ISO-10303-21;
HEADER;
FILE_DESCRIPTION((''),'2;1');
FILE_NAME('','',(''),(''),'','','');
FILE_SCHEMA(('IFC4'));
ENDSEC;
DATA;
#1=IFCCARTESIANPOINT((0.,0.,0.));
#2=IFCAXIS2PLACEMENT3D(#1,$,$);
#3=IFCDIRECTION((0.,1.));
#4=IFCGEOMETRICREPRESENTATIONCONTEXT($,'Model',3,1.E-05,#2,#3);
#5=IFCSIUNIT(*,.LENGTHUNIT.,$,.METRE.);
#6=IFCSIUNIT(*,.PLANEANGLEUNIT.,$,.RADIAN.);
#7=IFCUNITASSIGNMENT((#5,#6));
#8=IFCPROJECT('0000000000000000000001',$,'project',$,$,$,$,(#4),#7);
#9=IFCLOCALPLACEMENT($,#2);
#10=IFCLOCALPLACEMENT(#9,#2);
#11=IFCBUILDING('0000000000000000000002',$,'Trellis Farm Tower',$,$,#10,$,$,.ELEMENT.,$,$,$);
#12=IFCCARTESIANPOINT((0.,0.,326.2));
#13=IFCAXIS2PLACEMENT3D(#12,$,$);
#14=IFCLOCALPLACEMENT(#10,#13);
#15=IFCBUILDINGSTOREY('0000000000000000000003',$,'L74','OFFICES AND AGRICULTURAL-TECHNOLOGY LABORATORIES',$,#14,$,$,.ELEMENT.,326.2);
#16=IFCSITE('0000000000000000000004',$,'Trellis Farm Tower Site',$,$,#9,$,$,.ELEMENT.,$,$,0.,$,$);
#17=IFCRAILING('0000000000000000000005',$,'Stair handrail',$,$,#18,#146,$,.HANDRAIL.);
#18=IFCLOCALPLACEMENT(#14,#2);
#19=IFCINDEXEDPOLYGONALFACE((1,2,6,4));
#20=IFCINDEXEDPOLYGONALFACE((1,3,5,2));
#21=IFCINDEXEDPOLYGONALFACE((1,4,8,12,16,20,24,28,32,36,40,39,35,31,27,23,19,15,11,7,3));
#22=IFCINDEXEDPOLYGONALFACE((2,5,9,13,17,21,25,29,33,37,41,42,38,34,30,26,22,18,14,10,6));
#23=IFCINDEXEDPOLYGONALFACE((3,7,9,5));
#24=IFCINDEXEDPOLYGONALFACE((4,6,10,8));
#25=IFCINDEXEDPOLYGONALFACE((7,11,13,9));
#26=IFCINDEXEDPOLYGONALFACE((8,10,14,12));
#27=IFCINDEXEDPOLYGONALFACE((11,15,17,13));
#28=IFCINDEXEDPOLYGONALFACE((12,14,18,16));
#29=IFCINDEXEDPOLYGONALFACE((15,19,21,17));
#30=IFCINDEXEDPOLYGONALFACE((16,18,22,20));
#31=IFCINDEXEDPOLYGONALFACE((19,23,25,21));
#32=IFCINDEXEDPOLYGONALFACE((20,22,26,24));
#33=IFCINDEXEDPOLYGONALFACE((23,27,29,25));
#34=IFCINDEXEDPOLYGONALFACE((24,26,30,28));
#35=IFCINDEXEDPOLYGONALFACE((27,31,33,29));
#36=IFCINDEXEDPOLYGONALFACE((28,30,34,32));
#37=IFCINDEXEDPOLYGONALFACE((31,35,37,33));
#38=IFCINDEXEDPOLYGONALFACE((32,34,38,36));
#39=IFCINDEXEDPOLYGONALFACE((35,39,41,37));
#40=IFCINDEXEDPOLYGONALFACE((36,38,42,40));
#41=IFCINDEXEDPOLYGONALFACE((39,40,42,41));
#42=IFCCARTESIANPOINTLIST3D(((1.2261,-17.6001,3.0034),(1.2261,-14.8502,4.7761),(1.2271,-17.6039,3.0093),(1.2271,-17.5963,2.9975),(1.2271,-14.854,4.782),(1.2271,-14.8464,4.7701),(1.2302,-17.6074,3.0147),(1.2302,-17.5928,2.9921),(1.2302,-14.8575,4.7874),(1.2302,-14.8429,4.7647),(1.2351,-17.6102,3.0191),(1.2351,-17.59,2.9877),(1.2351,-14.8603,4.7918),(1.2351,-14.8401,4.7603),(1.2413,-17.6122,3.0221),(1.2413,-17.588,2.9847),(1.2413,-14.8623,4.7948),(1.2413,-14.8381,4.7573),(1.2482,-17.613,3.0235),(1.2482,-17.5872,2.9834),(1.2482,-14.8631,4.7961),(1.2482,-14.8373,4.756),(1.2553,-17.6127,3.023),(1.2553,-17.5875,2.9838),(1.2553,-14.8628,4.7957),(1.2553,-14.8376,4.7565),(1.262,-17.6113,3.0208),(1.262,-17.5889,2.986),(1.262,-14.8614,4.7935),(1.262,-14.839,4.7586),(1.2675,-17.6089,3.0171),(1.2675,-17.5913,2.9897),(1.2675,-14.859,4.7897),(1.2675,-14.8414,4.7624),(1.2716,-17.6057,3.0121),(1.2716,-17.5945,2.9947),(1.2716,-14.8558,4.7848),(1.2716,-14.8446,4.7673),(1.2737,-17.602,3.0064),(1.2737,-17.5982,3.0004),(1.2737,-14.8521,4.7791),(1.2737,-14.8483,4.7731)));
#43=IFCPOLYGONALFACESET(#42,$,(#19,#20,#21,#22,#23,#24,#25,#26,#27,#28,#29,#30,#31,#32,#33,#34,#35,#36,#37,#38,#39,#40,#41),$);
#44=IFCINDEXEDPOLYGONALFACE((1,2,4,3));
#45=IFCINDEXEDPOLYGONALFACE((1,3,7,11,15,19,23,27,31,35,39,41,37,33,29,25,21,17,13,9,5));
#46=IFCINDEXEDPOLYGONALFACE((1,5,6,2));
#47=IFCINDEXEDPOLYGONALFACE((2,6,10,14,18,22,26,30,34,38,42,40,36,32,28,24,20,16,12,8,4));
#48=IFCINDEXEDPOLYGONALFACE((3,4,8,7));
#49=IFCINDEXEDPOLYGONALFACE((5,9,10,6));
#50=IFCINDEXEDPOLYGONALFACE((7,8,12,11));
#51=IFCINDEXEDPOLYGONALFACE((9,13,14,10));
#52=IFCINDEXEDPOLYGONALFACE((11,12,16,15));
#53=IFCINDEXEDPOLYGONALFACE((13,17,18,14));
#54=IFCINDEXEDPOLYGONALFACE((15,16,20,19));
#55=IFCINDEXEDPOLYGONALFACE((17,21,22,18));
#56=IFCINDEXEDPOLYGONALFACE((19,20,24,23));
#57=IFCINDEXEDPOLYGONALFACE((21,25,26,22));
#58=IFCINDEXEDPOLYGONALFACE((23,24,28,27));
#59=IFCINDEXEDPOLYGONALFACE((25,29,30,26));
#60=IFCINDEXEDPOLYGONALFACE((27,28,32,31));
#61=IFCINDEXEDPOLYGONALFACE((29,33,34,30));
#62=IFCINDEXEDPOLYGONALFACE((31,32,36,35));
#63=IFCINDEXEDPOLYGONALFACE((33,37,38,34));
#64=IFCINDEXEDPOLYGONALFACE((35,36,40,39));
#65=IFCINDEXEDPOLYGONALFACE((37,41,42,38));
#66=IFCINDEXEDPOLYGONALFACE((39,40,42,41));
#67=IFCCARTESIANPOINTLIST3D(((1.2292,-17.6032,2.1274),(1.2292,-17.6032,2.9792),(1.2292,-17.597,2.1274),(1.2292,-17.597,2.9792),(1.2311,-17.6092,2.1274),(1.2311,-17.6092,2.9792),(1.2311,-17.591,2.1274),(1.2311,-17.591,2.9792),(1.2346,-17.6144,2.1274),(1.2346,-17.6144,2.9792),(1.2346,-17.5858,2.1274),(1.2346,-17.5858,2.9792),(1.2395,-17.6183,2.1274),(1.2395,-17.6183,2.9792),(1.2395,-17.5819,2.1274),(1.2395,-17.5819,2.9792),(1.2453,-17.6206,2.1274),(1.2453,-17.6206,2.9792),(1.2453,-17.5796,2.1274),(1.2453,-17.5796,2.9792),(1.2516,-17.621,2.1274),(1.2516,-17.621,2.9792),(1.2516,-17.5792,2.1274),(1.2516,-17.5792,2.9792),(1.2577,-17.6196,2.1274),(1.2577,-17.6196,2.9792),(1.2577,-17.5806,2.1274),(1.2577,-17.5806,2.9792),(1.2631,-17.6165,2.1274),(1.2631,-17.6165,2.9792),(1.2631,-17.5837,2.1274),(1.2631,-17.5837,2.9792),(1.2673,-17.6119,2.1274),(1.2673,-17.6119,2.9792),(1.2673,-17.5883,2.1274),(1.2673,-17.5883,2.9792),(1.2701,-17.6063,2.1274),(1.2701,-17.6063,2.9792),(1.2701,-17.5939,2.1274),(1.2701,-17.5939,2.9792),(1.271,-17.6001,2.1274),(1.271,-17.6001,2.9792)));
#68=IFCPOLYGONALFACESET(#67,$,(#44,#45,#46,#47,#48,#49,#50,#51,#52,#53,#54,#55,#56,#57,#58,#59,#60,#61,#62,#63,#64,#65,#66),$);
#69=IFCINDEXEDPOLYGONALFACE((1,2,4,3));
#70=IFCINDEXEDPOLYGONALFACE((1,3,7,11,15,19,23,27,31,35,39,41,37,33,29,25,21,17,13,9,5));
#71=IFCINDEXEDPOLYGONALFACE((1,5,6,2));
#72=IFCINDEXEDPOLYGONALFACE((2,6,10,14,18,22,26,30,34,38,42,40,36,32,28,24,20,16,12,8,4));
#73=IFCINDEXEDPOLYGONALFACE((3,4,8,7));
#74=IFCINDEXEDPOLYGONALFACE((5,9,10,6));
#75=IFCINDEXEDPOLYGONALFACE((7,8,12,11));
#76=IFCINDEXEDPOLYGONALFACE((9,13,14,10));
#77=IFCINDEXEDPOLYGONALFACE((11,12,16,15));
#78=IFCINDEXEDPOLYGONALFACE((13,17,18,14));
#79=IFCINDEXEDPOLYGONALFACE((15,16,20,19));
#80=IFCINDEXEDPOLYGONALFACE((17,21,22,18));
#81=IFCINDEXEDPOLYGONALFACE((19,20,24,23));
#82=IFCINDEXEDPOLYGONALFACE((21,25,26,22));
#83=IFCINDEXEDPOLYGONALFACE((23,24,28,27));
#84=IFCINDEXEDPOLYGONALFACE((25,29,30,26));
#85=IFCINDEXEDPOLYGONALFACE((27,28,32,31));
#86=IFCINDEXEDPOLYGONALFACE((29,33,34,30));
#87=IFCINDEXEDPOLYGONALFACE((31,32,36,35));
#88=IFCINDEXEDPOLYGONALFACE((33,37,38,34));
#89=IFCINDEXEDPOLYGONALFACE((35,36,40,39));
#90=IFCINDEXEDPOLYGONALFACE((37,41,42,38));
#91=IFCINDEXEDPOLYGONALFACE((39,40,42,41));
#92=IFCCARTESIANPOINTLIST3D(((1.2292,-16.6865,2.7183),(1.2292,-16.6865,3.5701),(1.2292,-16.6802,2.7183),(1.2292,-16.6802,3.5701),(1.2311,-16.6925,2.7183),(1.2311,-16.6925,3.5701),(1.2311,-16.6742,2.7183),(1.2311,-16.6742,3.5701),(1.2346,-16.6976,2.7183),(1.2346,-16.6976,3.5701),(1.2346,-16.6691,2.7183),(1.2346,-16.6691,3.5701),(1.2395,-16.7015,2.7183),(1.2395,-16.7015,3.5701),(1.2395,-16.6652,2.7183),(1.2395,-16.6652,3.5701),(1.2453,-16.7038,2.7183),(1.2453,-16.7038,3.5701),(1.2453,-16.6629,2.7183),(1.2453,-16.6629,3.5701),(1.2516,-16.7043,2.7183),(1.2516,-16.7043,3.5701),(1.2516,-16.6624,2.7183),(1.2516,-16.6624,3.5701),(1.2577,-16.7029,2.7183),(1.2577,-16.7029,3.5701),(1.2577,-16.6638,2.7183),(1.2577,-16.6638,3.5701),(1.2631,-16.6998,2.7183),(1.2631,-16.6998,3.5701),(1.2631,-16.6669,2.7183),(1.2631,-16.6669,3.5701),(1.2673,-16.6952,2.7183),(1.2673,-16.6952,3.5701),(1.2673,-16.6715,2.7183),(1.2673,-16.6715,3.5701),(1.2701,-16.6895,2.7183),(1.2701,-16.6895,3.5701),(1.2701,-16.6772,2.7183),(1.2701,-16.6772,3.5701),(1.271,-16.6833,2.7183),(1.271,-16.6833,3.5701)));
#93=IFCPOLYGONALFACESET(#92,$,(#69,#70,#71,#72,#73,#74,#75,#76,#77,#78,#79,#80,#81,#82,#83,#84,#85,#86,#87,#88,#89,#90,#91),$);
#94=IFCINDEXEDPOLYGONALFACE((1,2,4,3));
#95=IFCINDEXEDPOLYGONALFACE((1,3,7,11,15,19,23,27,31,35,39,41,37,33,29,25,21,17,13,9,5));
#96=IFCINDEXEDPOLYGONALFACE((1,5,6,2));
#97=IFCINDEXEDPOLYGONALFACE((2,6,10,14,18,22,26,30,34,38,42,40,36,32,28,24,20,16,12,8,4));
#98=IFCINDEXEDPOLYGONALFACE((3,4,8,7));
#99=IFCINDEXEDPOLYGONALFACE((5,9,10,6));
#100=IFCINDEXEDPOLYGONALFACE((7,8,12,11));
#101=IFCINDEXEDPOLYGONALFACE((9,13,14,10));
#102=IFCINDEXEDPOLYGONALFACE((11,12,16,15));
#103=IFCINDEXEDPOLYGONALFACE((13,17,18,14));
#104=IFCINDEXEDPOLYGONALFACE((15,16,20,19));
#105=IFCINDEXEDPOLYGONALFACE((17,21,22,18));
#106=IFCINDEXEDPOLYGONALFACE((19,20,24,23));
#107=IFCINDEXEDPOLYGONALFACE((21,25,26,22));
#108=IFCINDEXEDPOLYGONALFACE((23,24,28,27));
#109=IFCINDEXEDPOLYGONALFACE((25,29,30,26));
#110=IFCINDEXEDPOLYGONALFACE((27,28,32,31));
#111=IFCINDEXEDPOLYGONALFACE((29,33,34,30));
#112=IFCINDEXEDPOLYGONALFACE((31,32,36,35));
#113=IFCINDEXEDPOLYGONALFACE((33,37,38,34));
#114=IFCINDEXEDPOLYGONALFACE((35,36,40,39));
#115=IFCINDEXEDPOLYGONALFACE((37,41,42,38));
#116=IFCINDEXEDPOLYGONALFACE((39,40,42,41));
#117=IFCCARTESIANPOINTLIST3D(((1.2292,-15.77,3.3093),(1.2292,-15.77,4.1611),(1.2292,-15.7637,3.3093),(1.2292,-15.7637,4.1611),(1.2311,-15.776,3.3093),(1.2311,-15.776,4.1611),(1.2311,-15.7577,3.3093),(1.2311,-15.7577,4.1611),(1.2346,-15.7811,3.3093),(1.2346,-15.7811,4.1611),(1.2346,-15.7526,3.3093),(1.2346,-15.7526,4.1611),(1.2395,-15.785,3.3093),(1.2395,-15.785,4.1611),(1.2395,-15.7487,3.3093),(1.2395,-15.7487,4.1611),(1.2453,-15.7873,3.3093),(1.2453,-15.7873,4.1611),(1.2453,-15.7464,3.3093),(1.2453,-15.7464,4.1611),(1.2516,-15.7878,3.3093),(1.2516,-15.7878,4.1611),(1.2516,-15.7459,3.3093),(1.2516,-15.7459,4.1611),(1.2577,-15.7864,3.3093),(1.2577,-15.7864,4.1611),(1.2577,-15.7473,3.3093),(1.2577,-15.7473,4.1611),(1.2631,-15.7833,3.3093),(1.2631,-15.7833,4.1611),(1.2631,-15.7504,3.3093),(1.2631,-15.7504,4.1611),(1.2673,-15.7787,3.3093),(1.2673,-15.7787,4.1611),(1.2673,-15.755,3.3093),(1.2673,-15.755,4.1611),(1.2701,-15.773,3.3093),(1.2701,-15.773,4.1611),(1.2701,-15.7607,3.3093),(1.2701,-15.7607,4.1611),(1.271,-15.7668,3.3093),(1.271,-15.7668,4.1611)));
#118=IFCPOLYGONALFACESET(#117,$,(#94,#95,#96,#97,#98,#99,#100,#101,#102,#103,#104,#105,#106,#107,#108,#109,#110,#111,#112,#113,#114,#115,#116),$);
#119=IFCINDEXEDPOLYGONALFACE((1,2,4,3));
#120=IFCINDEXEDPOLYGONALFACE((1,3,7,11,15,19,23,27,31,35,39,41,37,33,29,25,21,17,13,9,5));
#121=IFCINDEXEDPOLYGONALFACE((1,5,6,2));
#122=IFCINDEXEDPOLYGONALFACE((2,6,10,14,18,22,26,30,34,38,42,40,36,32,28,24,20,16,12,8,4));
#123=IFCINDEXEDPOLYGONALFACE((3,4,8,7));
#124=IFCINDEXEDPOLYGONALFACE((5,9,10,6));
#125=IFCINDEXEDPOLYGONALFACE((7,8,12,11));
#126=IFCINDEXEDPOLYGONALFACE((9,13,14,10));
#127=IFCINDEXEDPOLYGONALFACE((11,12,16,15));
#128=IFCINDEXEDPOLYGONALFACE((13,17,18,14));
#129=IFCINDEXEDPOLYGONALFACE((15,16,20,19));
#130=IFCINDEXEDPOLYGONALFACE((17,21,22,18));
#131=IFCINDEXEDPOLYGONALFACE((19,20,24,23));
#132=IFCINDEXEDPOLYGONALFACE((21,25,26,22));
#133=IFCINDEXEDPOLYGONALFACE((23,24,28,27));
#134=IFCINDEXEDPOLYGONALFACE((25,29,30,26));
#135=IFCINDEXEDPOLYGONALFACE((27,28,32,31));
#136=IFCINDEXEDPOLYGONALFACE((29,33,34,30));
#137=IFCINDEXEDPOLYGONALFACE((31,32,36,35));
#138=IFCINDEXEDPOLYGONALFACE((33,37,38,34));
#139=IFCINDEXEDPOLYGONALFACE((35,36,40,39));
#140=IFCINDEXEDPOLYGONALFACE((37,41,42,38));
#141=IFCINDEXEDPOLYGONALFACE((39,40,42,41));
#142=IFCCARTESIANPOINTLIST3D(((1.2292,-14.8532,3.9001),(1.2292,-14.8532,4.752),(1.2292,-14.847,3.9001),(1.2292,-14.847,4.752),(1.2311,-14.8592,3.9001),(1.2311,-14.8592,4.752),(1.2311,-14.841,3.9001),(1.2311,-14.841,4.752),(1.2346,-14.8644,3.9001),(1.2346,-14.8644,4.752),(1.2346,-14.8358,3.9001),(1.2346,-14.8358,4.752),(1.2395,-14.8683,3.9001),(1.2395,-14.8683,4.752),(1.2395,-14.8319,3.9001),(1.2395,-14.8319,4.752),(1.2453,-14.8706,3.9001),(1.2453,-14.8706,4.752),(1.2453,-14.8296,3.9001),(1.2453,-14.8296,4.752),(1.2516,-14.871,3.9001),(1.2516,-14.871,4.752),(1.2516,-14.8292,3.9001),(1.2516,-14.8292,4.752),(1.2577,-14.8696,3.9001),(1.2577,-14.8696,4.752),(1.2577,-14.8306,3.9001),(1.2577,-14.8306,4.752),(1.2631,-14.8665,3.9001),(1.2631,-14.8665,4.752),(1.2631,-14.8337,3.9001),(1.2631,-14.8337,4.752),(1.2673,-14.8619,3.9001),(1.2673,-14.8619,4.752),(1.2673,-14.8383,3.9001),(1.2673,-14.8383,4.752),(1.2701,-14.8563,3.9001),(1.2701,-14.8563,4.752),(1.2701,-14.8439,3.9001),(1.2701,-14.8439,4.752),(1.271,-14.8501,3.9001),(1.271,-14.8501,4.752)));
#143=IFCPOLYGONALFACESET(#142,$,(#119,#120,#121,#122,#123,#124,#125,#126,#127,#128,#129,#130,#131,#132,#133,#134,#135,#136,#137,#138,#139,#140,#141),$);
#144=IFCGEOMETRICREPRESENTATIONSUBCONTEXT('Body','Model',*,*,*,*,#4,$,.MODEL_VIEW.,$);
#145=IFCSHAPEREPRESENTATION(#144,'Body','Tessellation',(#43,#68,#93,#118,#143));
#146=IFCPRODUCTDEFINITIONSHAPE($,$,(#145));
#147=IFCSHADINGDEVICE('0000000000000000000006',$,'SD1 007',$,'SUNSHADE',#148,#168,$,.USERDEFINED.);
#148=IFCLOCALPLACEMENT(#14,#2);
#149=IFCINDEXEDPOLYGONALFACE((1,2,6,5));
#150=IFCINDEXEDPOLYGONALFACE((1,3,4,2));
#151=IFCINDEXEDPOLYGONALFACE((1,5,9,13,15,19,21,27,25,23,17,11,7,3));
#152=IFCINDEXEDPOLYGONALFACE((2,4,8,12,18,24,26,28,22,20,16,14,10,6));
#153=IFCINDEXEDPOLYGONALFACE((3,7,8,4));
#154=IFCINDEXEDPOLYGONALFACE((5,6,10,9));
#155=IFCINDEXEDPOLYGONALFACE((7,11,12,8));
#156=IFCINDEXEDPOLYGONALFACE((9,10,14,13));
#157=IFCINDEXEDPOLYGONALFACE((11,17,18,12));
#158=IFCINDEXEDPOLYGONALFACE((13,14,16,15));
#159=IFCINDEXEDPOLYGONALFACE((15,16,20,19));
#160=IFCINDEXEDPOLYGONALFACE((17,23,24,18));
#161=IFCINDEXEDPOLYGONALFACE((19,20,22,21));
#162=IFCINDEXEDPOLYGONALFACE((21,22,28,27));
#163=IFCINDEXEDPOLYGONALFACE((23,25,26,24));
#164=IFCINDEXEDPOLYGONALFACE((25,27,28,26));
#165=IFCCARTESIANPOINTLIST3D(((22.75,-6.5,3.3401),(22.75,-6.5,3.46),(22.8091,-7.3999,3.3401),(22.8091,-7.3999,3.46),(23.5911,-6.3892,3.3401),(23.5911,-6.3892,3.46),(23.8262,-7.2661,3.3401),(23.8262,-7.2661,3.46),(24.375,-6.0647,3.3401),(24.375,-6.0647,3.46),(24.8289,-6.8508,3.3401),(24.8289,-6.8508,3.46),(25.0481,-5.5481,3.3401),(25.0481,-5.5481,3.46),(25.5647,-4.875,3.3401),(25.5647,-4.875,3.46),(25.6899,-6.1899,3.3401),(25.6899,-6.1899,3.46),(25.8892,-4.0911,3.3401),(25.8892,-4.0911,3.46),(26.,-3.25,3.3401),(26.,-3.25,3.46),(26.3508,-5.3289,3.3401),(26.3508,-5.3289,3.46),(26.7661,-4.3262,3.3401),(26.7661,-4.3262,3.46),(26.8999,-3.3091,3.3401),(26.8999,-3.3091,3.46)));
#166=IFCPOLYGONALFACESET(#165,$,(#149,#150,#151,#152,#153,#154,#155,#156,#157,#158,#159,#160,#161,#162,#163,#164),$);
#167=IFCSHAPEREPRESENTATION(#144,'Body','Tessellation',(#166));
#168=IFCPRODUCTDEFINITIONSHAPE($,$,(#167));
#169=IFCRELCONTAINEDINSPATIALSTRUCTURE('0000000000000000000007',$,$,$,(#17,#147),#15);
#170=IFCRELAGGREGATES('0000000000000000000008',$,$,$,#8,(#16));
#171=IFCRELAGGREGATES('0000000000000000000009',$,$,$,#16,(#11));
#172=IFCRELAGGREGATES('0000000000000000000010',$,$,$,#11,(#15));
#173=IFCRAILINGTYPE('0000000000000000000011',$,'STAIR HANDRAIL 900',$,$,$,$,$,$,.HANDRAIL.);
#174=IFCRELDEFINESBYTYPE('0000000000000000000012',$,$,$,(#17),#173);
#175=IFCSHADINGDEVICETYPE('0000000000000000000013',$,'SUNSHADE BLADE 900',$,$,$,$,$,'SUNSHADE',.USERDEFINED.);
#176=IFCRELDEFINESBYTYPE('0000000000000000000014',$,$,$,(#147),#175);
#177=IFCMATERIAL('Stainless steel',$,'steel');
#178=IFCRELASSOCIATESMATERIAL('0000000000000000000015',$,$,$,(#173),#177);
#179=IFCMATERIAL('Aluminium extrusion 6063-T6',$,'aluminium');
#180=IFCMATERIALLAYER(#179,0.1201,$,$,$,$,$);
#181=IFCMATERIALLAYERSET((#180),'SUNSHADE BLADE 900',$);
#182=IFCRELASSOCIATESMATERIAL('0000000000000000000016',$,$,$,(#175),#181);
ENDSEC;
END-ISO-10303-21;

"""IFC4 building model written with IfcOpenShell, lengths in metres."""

from ifc_helpers import new_model, si_unit, direction, frame, origin, origin_2d, place, context, subcontext, project, spatial, polyline, circle, outline, extrude, source, transform, mapped, material, layer, layer_set, type_object, element, save


model = new_model("IFC4")

# Units and contexts
model_context = context("Model", 3, precision=1e-05, world=origin(), true_north=direction((0.0, 1.0)))
body_context = subcontext(model_context, "Body", "Model", "MODEL_VIEW")
ifc_project = project(units=[si_unit("LENGTHUNIT", "METRE"), si_unit("PLANEANGLEUNIT", "RADIAN")], contexts=[model_context])

# Site, building, storey
site_placement = place(None, origin())
site = spatial("IfcSite", under=ifc_project, at=site_placement, Name="Trellis Farm Tower Site", CompositionType="ELEMENT", RefElevation=0.0)
building_placement = place(site_placement, origin())
building = spatial("IfcBuilding", under=site, at=building_placement, Name="Trellis Farm Tower", CompositionType="ELEMENT")
storey_placement = place(building_placement, frame((0.0, 0.0, 326.2)))
storey = spatial("IfcBuildingStorey", under=building, at=storey_placement, Name="L74", Description="OFFICES AND AGRICULTURAL-TECHNOLOGY LABORATORIES", CompositionType="ELEMENT", Elevation=326.2)

# Railing
ifc_material_1 = material(Name="Stainless steel", Category="steel")
railing_type = type_object("IfcRailingType", Name="STAIR HANDRAIL 900", PredefinedType="HANDRAIL", material=ifc_material_1)
shared_shape_1 = source(origin(), body_context, "Body", "SweptSolid", [
    extrude(circle(Radius=0.0239, at=origin_2d()), frame((0.0, 0.0, 0.876), z_axis=(0.0, 0.840504, 0.541806), x_axis=(-1.0, 0.0, 0.0)), (0.0, 0.0, 1.0), 3.2717),
    extrude(circle(Radius=0.021, at=origin_2d()), origin(), (0.0, 0.0, 1.0), 0.8518),
    extrude(circle(Radius=0.021, at=origin_2d()), frame((0.0, 0.9167, 0.5908)), (0.0, 0.0, 1.0), 0.8518),
    extrude(circle(Radius=0.021, at=origin_2d()), frame((0.0, 1.8333, 1.1819)), (0.0, 0.0, 1.0), 0.8518),
    extrude(circle(Radius=0.021, at=origin_2d()), frame((0.0, 2.75, 1.7727)), (0.0, 0.0, 1.0), 0.8518),
])
railing_placement = place(storey_placement, frame((1.25, -17.6001, 2.1274)))
element("IfcRailing", 1, at=railing_placement, inside=storey, type_object=railing_type, Name="Stair handrail", PredefinedType="HANDRAIL", context=body_context, shape_type="MappedRepresentation", body=[
    mapped(shared_shape_1, transform((0.0, 0.0, 0.0))),
])

# Shading device
ifc_material_2 = material(Name="Aluminium extrusion 6063-T6", Category="aluminium")
ifc_layer_1 = layer(ifc_material_2, 0.1201)
ifc_layer_set_1 = layer_set([ifc_layer_1], Name="SUNSHADE BLADE 900")
shading_device_type = type_object("IfcShadingDeviceType", Name="SUNSHADE BLADE 900", ElementType="SUNSHADE", PredefinedType="USERDEFINED", material=ifc_layer_set_1)
shared_shape_2 = source(origin(), body_context, "Body", "SweptSolid", [
    extrude(outline(polyline([(22.8091, -7.3999), (23.8262, -7.2661), (24.8289, -6.8508), (25.6899, -6.1899), (26.3508, -5.3289), (26.7661, -4.3262), (26.8999, -3.3091), (26.0, -3.25), (25.8892, -4.0911), (25.5647, -4.875), (25.0481, -5.5481), (24.375, -6.0647), (23.5911, -6.3892), (22.75, -6.5), (22.8091, -7.3999)])), origin(), (0.0, 0.0, 1.0), 0.1199),
])
shading_device_placement = place(storey_placement, frame((0.0, 0.0, 3.3401)))
element("IfcShadingDevice", 2, at=shading_device_placement, inside=storey, type_object=shading_device_type, Name="SD1 007", ObjectType="SUNSHADE", PredefinedType="USERDEFINED", context=body_context, shape_type="MappedRepresentation", body=[
    mapped(shared_shape_2, transform((0.0, 0.0, 0.0))),
])

save(model, "model.ifc")
